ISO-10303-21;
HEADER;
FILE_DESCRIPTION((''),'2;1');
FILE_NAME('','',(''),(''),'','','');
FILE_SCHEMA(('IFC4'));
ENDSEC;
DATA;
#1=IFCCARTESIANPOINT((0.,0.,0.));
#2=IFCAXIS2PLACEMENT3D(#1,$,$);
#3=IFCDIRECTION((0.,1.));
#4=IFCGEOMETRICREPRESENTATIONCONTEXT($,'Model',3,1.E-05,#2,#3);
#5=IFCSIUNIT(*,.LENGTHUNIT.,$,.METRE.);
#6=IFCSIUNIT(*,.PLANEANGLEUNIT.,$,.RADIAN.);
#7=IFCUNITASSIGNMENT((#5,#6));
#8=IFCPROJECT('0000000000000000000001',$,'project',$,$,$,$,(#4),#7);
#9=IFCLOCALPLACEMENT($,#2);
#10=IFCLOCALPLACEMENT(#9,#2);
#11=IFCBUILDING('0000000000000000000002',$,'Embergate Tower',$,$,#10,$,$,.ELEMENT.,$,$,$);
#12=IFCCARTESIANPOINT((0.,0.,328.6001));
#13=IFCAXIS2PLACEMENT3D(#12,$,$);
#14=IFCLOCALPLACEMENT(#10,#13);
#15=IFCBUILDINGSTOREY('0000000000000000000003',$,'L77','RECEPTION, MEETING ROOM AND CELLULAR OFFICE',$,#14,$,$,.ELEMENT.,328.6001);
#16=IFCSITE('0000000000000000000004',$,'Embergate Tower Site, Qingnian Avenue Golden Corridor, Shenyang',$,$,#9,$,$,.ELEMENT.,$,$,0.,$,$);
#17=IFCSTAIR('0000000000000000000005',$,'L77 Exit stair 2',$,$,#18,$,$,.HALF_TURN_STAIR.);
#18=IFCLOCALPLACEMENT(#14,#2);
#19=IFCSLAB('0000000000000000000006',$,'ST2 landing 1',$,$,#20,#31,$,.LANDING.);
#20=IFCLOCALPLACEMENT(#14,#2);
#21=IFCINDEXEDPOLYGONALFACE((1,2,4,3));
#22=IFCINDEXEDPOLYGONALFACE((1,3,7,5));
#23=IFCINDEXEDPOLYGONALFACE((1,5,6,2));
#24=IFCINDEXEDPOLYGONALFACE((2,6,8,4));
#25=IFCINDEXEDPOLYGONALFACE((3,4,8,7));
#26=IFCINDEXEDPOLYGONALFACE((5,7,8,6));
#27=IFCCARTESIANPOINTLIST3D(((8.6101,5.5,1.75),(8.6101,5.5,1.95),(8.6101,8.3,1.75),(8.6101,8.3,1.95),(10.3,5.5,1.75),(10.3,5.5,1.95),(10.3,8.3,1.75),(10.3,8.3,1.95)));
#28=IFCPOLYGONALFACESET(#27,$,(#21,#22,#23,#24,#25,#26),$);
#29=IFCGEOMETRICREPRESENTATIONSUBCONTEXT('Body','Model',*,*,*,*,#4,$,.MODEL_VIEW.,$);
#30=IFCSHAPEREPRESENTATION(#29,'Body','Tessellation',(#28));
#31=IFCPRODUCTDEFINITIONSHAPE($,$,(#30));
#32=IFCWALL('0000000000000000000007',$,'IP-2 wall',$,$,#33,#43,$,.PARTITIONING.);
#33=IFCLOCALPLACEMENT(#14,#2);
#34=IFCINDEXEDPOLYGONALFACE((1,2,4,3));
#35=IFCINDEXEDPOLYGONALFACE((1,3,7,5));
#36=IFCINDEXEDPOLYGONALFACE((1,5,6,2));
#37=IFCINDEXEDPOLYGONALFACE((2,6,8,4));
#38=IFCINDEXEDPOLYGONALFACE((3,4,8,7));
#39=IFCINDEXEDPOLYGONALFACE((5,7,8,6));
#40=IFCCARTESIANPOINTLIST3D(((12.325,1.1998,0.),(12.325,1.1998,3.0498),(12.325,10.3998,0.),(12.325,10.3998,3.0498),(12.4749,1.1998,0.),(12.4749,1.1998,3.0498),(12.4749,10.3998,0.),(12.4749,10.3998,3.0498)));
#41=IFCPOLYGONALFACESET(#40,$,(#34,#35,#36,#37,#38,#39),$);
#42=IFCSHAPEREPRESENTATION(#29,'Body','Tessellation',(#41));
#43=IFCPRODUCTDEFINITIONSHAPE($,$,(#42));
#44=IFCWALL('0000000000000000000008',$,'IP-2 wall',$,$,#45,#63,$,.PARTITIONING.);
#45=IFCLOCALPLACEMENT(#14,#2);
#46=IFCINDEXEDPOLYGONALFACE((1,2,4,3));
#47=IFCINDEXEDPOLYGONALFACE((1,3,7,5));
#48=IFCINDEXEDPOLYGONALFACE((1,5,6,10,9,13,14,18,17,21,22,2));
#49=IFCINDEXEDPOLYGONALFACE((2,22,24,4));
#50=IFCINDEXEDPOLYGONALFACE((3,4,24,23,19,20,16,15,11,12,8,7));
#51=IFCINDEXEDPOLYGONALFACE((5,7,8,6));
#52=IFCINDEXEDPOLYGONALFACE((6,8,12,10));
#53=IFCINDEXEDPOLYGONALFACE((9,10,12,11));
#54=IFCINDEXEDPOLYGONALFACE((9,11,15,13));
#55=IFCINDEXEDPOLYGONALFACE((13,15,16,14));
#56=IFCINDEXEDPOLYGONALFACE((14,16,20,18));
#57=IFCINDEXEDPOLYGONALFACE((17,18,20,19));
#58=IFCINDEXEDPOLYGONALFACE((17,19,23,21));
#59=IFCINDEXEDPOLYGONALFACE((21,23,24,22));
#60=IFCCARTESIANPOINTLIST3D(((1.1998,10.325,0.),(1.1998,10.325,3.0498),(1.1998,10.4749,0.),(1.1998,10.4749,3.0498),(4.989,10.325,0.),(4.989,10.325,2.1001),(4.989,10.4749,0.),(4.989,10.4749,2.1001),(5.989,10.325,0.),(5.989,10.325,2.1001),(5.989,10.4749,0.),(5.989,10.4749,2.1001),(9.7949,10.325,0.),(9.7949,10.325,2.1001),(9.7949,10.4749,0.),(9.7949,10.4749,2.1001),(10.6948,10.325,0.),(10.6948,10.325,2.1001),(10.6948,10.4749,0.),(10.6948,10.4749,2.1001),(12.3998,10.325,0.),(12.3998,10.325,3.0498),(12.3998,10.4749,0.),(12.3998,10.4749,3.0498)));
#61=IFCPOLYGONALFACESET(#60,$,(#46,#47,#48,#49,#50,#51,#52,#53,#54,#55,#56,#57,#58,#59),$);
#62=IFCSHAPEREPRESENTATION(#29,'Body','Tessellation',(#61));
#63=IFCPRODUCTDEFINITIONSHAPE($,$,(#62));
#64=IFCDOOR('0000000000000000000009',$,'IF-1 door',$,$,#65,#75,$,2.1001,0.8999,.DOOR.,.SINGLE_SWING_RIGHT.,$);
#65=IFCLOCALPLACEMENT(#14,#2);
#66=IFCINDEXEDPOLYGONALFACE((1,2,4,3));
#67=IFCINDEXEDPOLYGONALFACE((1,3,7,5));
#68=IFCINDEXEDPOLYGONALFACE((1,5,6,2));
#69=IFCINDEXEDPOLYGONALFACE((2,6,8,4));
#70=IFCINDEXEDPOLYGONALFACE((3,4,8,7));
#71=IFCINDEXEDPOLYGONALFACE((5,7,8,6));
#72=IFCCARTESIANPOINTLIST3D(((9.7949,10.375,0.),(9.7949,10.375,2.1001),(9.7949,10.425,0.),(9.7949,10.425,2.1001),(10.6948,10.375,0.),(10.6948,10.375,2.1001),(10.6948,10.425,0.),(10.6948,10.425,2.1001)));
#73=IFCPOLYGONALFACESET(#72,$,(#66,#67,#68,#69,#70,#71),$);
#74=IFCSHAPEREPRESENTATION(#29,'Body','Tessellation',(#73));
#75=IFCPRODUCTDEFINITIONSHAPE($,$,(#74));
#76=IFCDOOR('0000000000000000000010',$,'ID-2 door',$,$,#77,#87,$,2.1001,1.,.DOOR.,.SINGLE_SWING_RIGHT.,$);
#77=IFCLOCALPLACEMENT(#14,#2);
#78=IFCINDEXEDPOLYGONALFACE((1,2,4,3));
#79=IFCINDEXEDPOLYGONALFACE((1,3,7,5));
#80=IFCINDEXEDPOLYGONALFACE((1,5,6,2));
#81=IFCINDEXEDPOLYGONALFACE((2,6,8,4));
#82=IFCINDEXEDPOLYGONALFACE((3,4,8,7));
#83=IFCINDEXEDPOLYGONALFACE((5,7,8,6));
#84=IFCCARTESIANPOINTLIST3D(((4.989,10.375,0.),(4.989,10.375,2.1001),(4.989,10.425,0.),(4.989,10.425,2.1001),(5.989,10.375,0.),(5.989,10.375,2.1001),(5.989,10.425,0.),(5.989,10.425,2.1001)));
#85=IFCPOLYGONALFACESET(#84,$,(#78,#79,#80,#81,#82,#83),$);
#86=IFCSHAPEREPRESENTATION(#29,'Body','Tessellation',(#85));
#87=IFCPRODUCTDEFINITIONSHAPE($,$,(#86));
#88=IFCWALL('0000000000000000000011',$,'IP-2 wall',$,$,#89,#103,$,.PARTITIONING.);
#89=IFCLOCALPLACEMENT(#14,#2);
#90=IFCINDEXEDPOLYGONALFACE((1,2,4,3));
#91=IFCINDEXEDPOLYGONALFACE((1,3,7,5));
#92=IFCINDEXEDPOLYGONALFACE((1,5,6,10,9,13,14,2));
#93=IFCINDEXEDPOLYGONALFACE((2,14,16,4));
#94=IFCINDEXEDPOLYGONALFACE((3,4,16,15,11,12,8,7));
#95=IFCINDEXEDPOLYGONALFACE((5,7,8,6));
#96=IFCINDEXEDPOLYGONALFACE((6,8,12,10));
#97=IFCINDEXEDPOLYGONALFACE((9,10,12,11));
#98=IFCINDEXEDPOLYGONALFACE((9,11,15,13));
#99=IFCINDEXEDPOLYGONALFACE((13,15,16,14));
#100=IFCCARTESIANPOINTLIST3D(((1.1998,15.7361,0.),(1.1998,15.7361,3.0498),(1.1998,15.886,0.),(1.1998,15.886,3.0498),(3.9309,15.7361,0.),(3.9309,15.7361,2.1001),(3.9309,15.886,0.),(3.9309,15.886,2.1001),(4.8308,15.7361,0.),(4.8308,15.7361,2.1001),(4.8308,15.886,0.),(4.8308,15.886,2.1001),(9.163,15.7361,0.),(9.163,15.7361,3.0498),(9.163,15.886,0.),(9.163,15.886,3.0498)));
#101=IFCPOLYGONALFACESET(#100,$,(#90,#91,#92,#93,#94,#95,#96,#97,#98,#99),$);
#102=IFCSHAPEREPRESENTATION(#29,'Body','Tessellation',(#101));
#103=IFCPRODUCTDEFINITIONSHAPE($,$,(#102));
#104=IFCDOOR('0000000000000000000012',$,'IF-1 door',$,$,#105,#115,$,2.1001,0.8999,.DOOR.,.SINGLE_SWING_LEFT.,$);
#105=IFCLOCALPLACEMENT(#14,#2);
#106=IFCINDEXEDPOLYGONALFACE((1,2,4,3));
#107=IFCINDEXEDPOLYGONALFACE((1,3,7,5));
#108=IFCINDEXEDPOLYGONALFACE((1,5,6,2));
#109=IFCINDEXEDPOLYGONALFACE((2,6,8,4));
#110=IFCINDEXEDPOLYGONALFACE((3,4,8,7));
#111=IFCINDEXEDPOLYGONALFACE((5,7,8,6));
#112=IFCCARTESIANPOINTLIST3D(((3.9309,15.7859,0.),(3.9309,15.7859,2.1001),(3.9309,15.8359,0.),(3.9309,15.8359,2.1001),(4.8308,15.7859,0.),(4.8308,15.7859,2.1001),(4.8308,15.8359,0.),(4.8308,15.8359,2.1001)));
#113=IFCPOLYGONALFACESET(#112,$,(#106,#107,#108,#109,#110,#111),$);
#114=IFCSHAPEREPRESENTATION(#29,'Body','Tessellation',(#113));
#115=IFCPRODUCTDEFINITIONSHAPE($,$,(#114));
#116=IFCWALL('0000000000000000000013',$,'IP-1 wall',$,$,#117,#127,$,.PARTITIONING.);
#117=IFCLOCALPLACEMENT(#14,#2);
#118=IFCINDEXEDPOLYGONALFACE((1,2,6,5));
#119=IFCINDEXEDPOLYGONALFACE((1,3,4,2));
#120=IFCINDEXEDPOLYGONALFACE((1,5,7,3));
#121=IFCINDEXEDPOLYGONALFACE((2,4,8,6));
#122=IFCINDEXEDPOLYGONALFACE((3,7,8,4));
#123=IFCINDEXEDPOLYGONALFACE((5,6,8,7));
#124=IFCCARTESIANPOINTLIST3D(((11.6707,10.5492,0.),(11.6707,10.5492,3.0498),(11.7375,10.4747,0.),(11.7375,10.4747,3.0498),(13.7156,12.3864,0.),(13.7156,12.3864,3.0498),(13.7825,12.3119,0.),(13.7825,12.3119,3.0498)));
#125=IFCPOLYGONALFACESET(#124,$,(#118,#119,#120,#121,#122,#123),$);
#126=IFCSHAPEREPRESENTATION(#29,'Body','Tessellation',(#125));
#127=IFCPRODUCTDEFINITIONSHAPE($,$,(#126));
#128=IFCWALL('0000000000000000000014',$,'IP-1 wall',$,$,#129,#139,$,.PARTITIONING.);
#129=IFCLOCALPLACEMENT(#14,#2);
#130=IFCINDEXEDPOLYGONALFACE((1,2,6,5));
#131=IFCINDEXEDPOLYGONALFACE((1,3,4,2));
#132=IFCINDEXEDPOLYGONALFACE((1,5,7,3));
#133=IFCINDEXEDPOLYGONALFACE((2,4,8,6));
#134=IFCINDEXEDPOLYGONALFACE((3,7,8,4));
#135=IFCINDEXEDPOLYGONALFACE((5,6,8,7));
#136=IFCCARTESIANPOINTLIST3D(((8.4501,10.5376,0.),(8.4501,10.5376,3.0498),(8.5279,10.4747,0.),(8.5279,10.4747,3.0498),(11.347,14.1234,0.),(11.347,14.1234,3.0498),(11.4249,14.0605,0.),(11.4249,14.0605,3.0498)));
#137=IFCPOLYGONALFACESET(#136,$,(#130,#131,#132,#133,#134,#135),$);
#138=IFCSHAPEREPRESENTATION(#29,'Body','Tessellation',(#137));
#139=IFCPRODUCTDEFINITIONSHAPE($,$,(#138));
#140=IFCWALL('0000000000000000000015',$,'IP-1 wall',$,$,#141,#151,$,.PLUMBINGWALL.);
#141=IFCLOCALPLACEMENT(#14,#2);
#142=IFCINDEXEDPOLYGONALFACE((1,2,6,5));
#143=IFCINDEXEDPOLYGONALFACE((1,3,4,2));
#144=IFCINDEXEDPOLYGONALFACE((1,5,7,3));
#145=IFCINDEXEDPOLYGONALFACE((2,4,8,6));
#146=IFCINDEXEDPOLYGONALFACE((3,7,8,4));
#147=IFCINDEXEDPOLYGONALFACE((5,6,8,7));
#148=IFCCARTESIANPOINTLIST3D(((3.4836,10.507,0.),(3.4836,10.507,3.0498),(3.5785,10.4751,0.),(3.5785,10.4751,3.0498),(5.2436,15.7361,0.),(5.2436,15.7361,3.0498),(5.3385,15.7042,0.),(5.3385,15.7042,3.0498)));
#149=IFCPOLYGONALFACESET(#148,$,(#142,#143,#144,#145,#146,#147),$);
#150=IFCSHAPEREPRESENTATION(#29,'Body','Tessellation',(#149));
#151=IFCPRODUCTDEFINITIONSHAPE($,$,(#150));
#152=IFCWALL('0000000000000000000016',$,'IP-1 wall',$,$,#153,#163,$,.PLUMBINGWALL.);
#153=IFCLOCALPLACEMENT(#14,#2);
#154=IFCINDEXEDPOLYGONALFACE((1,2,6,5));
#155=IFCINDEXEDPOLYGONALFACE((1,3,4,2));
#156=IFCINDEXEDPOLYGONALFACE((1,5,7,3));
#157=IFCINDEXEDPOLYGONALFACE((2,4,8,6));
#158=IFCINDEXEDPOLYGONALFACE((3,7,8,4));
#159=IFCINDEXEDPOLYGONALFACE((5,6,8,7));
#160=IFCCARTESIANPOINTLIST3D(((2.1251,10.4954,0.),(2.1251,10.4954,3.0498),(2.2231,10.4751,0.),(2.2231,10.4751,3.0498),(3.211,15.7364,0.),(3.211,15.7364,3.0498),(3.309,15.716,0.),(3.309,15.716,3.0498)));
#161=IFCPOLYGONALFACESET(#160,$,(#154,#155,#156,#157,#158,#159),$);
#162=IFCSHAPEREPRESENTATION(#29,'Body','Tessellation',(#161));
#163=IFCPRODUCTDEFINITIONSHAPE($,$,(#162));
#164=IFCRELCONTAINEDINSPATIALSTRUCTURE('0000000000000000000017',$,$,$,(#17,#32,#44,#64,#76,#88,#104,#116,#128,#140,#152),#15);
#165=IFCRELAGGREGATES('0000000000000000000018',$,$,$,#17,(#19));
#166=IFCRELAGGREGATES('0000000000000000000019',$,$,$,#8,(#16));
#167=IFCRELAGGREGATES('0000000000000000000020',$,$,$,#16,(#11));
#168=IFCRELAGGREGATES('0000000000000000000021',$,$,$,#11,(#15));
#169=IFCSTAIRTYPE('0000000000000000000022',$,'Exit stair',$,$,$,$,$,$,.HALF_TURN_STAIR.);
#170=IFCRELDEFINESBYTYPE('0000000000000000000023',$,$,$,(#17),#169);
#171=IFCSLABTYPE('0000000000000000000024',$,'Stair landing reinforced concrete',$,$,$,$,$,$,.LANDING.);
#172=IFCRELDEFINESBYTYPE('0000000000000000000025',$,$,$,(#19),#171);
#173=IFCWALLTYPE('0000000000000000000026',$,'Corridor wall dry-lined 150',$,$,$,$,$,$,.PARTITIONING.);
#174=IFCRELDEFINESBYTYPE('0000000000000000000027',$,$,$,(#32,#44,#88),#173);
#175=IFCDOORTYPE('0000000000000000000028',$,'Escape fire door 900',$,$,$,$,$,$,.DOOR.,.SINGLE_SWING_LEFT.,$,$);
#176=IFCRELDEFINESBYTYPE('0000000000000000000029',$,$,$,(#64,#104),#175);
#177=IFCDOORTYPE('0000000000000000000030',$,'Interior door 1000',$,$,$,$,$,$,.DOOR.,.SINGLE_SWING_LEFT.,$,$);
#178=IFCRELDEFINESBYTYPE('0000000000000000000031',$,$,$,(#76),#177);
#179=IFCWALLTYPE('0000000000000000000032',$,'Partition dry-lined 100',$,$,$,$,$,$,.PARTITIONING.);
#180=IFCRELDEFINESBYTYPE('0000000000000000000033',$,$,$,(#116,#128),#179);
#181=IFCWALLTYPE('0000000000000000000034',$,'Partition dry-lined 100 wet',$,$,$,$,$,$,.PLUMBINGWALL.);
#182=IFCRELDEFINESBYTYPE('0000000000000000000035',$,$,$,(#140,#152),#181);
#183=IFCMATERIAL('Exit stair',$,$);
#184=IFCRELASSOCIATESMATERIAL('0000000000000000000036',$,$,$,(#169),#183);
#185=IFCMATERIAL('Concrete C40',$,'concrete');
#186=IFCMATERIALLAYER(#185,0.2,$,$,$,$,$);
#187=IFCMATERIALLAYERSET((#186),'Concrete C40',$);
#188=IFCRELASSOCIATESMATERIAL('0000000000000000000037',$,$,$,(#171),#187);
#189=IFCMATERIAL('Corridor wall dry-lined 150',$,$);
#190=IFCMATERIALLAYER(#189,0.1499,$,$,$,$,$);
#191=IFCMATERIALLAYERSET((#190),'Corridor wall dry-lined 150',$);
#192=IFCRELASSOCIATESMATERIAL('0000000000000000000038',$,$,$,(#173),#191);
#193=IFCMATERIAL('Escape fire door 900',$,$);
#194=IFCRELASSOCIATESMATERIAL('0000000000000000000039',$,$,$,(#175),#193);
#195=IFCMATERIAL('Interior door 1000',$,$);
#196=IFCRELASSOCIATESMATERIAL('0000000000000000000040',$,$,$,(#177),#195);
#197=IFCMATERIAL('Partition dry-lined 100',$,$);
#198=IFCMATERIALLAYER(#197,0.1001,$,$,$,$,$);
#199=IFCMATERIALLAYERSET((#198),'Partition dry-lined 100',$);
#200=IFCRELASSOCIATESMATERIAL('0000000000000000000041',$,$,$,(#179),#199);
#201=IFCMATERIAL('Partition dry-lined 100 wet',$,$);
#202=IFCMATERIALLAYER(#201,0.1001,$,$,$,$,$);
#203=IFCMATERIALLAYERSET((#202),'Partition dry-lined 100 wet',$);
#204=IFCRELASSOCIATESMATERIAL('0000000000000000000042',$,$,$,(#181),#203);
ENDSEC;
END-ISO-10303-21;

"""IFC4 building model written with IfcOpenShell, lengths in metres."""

from ifc_helpers import new_model, si_unit, direction, frame, frame_2d, origin, place, context, subcontext, project, spatial, polyline, rectangle, outline, extrude, source, transform, mapped, material, layer, layer_set, type_object, element, fill, aggregate, save


model = new_model("IFC4")

# Units and contexts
model_context = context("Model", 3, precision=1e-05, world=origin(), true_north=direction((0.0, 1.0)))
body_context = subcontext(model_context, "Body", "Model", "MODEL_VIEW")
ifc_project = project(units=[si_unit("LENGTHUNIT", "METRE"), si_unit("PLANEANGLEUNIT", "RADIAN")], contexts=[model_context])

# Site, building, storey
site_placement = place(None, origin())
site = spatial("IfcSite", under=ifc_project, at=site_placement, Name="Embergate Tower Site, Qingnian Avenue Golden Corridor, Shenyang", CompositionType="ELEMENT", RefElevation=0.0)
building_placement = place(site_placement, origin())
building = spatial("IfcBuilding", under=site, at=building_placement, Name="Embergate Tower", CompositionType="ELEMENT")
storey_placement = place(building_placement, frame((0.0, 0.0, 328.6001)))
storey = spatial("IfcBuildingStorey", under=building, at=storey_placement, Name="L77", Description="RECEPTION, MEETING ROOM AND CELLULAR OFFICE", CompositionType="ELEMENT", Elevation=328.6001)

# Stair, slab
ifc_material_1 = material(Name="Exit stair")
stair_type = type_object("IfcStairType", Name="Exit stair", PredefinedType="HALF_TURN_STAIR", material=ifc_material_1)
stair_placement = place(storey_placement, origin())
stair = element("IfcStair", 1, at=stair_placement, inside=storey, type_object=stair_type, Name="L77 Exit stair 2", PredefinedType="HALF_TURN_STAIR")
ifc_material_2 = material(Name="Concrete C40", Category="concrete")
ifc_layer_1 = layer(ifc_material_2, 0.2)
ifc_layer_set_1 = layer_set([ifc_layer_1], Name="Concrete C40")
slab_type = type_object("IfcSlabType", Name="Stair landing reinforced concrete", PredefinedType="LANDING", material=ifc_layer_set_1)
shared_shape_1 = source(origin(), body_context, "Body", "SweptSolid", [
    extrude(outline(polyline([(0.0, 0.0), (1.6899, 0.0), (1.6899, 2.8), (0.0, 2.8), (0.0, 0.0)])), origin(), (0.0, 0.0, 1.0), 0.2),
])
slab_placement = place(storey_placement, frame((8.6101, 5.5, 1.75)))
slab = element("IfcSlab", 2, at=slab_placement, type_object=slab_type, Name="ST2 landing 1", PredefinedType="LANDING", context=body_context, shape_type="MappedRepresentation", body=[
    mapped(shared_shape_1, transform((0.0, 0.0, 0.0))),
])

# Wall
ifc_material_3 = material(Name="Corridor wall dry-lined 150")
ifc_layer_2 = layer(ifc_material_3, 0.1499)
ifc_layer_set_2 = layer_set([ifc_layer_2], Name="Corridor wall dry-lined 150")
wall_type_1 = type_object("IfcWallType", Name="Corridor wall dry-lined 150", PredefinedType="PARTITIONING", material=ifc_layer_set_2)
shared_shape_2 = source(origin(), body_context, "Body", "SweptSolid", [
    extrude(rectangle(XDim=9.2, YDim=0.1499, at=frame_2d((4.6001, 0.0))), origin(), (0.0, 0.0, 1.0), 3.0498),
])
wall_1_placement = place(storey_placement, frame((12.3999, 10.3999, 0.0), z_axis=(0.0, 0.0, 1.0), x_axis=(0.0, -1.0, 0.0)))
element("IfcWall", 3, at=wall_1_placement, inside=storey, type_object=wall_type_1, Name="IP-2 wall", PredefinedType="PARTITIONING", context=body_context, shape_type="MappedRepresentation", body=[
    mapped(shared_shape_2, transform((0.0, 0.0, 0.0))),
])

# Wall, openings, doors
shared_shape_3 = source(origin(), body_context, "Body", "SweptSolid", [
    extrude(rectangle(XDim=11.2, YDim=0.1499, at=frame_2d((5.6001, 0.0))), origin(), (0.0, 0.0, 1.0), 3.0498),
])
wall_2_placement = place(storey_placement, frame((12.3999, 10.3999, 0.0), z_axis=(0.0, 0.0, 1.0), x_axis=(-1.0, 0.0, 0.0)))
wall_2 = element("IfcWall", 4, at=wall_2_placement, inside=storey, type_object=wall_type_1, Name="IP-2 wall", PredefinedType="PARTITIONING", context=body_context, shape_type="MappedRepresentation", body=[
    mapped(shared_shape_3, transform((0.0, 0.0, 0.0))),
])
shared_shape_4 = source(origin(), body_context, "Body", "SweptSolid", [
    extrude(rectangle(XDim=0.8999, YDim=2.1001, at=frame_2d((0.45, 1.05))), frame((0.0, 0.085, 0.0), z_axis=(0.0, -1.0, 0.0), x_axis=(1.0, 0.0, 0.0)), (0.0, 0.0, 1.0), 0.1699),
])
opening_1_placement = place(wall_2_placement, frame((1.7051, 0.0, 0.0)))
opening_1 = element("IfcOpeningElement", 5, at=opening_1_placement, cuts=wall_2, PredefinedType="OPENING", context=body_context, shape_type="MappedRepresentation", body=[
    mapped(shared_shape_4, transform((0.0, 0.0, 0.0))),
])
shared_shape_5 = source(origin(), body_context, "Body", "SweptSolid", [
    extrude(rectangle(XDim=1.0, YDim=2.1001, at=frame_2d((0.5, 1.05))), frame((0.0, 0.085, 0.0), z_axis=(0.0, -1.0, 0.0), x_axis=(1.0, 0.0, 0.0)), (0.0, 0.0, 1.0), 0.1699),
])
opening_2_placement = place(wall_2_placement, frame((6.4109, 0.0, 0.0)))
opening_2 = element("IfcOpeningElement", 6, at=opening_2_placement, cuts=wall_2, PredefinedType="OPENING", context=body_context, shape_type="MappedRepresentation", body=[
    mapped(shared_shape_5, transform((0.0, 0.0, 0.0))),
])
ifc_material_4 = material(Name="Escape fire door 900")
door_type_1 = type_object("IfcDoorType", Name="Escape fire door 900", OperationType="SINGLE_SWING_LEFT", PredefinedType="DOOR", material=ifc_material_4)
shared_shape_6 = source(origin(), body_context, "Body", "SweptSolid", [
    extrude(rectangle(XDim=0.8999, YDim=2.1001, at=frame_2d((0.45, 1.05))), frame((0.0, 0.0249, 0.0), z_axis=(0.0, -1.0, 0.0), x_axis=(1.0, 0.0, 0.0)), (0.0, 0.0, 1.0), 0.05),
])
door_1_placement = place(opening_1_placement, origin())
door_1 = element("IfcDoor", 7, at=door_1_placement, inside=storey, type_object=door_type_1, Name="IF-1 door", OperationType="SINGLE_SWING_RIGHT", OverallHeight=2.1001, OverallWidth=0.8999, PredefinedType="DOOR", context=body_context, shape_type="MappedRepresentation", body=[
    mapped(shared_shape_6, transform((0.0, 0.0, 0.0))),
])
fill(opening_1, door_1)
ifc_material_5 = material(Name="Interior door 1000")
door_type_2 = type_object("IfcDoorType", Name="Interior door 1000", OperationType="SINGLE_SWING_LEFT", PredefinedType="DOOR", material=ifc_material_5)
shared_shape_7 = source(origin(), body_context, "Body", "SweptSolid", [
    extrude(rectangle(XDim=1.0, YDim=2.1001, at=frame_2d((0.5, 1.05))), frame((0.0, 0.0249, 0.0), z_axis=(0.0, -1.0, 0.0), x_axis=(1.0, 0.0, 0.0)), (0.0, 0.0, 1.0), 0.05),
])
door_2_placement = place(opening_2_placement, origin())
door_2 = element("IfcDoor", 8, at=door_2_placement, inside=storey, type_object=door_type_2, Name="ID-2 door", OperationType="SINGLE_SWING_RIGHT", OverallHeight=2.1001, OverallWidth=1.0, PredefinedType="DOOR", context=body_context, shape_type="MappedRepresentation", body=[
    mapped(shared_shape_7, transform((0.0, 0.0, 0.0))),
])
fill(opening_2, door_2)

# Wall, opening, door
shared_shape_8 = source(origin(), body_context, "Body", "SweptSolid", [
    extrude(rectangle(XDim=7.9631, YDim=0.1499, at=frame_2d((3.9814, 0.0))), origin(), (0.0, 0.0, 1.0), 3.0498),
])
wall_3_placement = place(storey_placement, frame((1.2, 15.811, 0.0), z_axis=(0.0, 0.0, 1.0), x_axis=(1.0, 0.0, 0.0)))
wall_3 = element("IfcWall", 9, at=wall_3_placement, inside=storey, type_object=wall_type_1, Name="IP-2 wall", PredefinedType="PARTITIONING", context=body_context, shape_type="MappedRepresentation", body=[
    mapped(shared_shape_8, transform((0.0, 0.0, 0.0))),
])
opening_3_placement = place(wall_3_placement, frame((2.731, 0.0, 0.0)))
opening_3 = element("IfcOpeningElement", 10, at=opening_3_placement, cuts=wall_3, PredefinedType="OPENING", context=body_context, shape_type="MappedRepresentation", body=[
    mapped(shared_shape_4, transform((0.0, 0.0, 0.0))),
])
door_3_placement = place(opening_3_placement, origin())
door_3 = element("IfcDoor", 11, at=door_3_placement, inside=storey, type_object=door_type_1, Name="IF-1 door", OperationType="SINGLE_SWING_LEFT", OverallHeight=2.1001, OverallWidth=0.8999, PredefinedType="DOOR", context=body_context, shape_type="MappedRepresentation", body=[
    mapped(shared_shape_6, transform((0.0, 0.0, 0.0))),
])
fill(opening_3, door_3)

# Walls
ifc_material_6 = material(Name="Partition dry-lined 100")
ifc_layer_3 = layer(ifc_material_6, 0.1001)
ifc_layer_set_3 = layer_set([ifc_layer_3], Name="Partition dry-lined 100")
wall_type_2 = type_object("IfcWallType", Name="Partition dry-lined 100", PredefinedType="PARTITIONING", material=ifc_layer_set_3)
shared_shape_9 = source(origin(), body_context, "Body", "SweptSolid", [
    extrude(rectangle(XDim=2.749, YDim=0.1001, at=frame_2d((1.3745, 0.0))), origin(), (0.0, 0.0, 1.0), 3.0498),
])
wall_4_placement = place(storey_placement, frame((11.7041, 10.512, 0.0), z_axis=(0.0, 0.0, 1.0), x_axis=(0.743886, 0.668307, 0.0)))
element("IfcWall", 12, at=wall_4_placement, inside=storey, type_object=wall_type_2, Name="IP-1 wall", PredefinedType="PARTITIONING", context=body_context, shape_type="MappedRepresentation", body=[
    mapped(shared_shape_9, transform((0.0, 0.0, 0.0))),
])
shared_shape_10 = source(origin(), body_context, "Body", "SweptSolid", [
    extrude(rectangle(XDim=4.6099, YDim=0.1001, at=frame_2d((2.3049, 0.0))), origin(), (0.0, 0.0, 1.0), 3.0498),
])
wall_5_placement = place(storey_placement, frame((8.489, 10.5061, 0.0), z_axis=(0.0, 0.0, 1.0), x_axis=(0.628421, 0.777873, 0.0)))
element("IfcWall", 13, at=wall_5_placement, inside=storey, type_object=wall_type_2, Name="IP-1 wall", PredefinedType="PARTITIONING", context=body_context, shape_type="MappedRepresentation", body=[
    mapped(shared_shape_10, transform((0.0, 0.0, 0.0))),
])
ifc_material_7 = material(Name="Partition dry-lined 100 wet")
ifc_layer_4 = layer(ifc_material_7, 0.1001)
ifc_layer_set_4 = layer_set([ifc_layer_4], Name="Partition dry-lined 100 wet")
wall_type_3 = type_object("IfcWallType", Name="Partition dry-lined 100 wet", PredefinedType="PLUMBINGWALL", material=ifc_layer_set_4)
shared_shape_11 = source(origin(), body_context, "Body", "SweptSolid", [
    extrude(rectangle(XDim=5.5173, YDim=0.1001, at=frame_2d((2.7588, 0.0))), origin(), (0.0, 0.0, 1.0), 3.0498),
])
wall_6_placement = place(storey_placement, frame((3.531, 10.491, 0.0), z_axis=(0.0, 0.0, 1.0), x_axis=(0.319001, 0.947754, 0.0)))
element("IfcWall", 14, at=wall_6_placement, inside=storey, type_object=wall_type_3, Name="IP-1 wall", PredefinedType="PLUMBINGWALL", context=body_context, shape_type="MappedRepresentation", body=[
    mapped(shared_shape_11, transform((0.0, 0.0, 0.0))),
])
shared_shape_12 = source(origin(), body_context, "Body", "SweptSolid", [
    extrude(rectangle(XDim=5.3523, YDim=0.1001, at=frame_2d((2.6763, 0.0))), origin(), (0.0, 0.0, 1.0), 3.0498),
])
wall_7_placement = place(storey_placement, frame((2.1741, 10.4851, 0.0), z_axis=(0.0, 0.0, 1.0), x_axis=(0.202892, 0.979201, 0.0)))
element("IfcWall", 15, at=wall_7_placement, inside=storey, type_object=wall_type_3, Name="IP-1 wall", PredefinedType="PLUMBINGWALL", context=body_context, shape_type="MappedRepresentation", body=[
    mapped(shared_shape_12, transform((0.0, 0.0, 0.0))),
])

aggregate(stair, [slab])

save(model, "model.ifc")
